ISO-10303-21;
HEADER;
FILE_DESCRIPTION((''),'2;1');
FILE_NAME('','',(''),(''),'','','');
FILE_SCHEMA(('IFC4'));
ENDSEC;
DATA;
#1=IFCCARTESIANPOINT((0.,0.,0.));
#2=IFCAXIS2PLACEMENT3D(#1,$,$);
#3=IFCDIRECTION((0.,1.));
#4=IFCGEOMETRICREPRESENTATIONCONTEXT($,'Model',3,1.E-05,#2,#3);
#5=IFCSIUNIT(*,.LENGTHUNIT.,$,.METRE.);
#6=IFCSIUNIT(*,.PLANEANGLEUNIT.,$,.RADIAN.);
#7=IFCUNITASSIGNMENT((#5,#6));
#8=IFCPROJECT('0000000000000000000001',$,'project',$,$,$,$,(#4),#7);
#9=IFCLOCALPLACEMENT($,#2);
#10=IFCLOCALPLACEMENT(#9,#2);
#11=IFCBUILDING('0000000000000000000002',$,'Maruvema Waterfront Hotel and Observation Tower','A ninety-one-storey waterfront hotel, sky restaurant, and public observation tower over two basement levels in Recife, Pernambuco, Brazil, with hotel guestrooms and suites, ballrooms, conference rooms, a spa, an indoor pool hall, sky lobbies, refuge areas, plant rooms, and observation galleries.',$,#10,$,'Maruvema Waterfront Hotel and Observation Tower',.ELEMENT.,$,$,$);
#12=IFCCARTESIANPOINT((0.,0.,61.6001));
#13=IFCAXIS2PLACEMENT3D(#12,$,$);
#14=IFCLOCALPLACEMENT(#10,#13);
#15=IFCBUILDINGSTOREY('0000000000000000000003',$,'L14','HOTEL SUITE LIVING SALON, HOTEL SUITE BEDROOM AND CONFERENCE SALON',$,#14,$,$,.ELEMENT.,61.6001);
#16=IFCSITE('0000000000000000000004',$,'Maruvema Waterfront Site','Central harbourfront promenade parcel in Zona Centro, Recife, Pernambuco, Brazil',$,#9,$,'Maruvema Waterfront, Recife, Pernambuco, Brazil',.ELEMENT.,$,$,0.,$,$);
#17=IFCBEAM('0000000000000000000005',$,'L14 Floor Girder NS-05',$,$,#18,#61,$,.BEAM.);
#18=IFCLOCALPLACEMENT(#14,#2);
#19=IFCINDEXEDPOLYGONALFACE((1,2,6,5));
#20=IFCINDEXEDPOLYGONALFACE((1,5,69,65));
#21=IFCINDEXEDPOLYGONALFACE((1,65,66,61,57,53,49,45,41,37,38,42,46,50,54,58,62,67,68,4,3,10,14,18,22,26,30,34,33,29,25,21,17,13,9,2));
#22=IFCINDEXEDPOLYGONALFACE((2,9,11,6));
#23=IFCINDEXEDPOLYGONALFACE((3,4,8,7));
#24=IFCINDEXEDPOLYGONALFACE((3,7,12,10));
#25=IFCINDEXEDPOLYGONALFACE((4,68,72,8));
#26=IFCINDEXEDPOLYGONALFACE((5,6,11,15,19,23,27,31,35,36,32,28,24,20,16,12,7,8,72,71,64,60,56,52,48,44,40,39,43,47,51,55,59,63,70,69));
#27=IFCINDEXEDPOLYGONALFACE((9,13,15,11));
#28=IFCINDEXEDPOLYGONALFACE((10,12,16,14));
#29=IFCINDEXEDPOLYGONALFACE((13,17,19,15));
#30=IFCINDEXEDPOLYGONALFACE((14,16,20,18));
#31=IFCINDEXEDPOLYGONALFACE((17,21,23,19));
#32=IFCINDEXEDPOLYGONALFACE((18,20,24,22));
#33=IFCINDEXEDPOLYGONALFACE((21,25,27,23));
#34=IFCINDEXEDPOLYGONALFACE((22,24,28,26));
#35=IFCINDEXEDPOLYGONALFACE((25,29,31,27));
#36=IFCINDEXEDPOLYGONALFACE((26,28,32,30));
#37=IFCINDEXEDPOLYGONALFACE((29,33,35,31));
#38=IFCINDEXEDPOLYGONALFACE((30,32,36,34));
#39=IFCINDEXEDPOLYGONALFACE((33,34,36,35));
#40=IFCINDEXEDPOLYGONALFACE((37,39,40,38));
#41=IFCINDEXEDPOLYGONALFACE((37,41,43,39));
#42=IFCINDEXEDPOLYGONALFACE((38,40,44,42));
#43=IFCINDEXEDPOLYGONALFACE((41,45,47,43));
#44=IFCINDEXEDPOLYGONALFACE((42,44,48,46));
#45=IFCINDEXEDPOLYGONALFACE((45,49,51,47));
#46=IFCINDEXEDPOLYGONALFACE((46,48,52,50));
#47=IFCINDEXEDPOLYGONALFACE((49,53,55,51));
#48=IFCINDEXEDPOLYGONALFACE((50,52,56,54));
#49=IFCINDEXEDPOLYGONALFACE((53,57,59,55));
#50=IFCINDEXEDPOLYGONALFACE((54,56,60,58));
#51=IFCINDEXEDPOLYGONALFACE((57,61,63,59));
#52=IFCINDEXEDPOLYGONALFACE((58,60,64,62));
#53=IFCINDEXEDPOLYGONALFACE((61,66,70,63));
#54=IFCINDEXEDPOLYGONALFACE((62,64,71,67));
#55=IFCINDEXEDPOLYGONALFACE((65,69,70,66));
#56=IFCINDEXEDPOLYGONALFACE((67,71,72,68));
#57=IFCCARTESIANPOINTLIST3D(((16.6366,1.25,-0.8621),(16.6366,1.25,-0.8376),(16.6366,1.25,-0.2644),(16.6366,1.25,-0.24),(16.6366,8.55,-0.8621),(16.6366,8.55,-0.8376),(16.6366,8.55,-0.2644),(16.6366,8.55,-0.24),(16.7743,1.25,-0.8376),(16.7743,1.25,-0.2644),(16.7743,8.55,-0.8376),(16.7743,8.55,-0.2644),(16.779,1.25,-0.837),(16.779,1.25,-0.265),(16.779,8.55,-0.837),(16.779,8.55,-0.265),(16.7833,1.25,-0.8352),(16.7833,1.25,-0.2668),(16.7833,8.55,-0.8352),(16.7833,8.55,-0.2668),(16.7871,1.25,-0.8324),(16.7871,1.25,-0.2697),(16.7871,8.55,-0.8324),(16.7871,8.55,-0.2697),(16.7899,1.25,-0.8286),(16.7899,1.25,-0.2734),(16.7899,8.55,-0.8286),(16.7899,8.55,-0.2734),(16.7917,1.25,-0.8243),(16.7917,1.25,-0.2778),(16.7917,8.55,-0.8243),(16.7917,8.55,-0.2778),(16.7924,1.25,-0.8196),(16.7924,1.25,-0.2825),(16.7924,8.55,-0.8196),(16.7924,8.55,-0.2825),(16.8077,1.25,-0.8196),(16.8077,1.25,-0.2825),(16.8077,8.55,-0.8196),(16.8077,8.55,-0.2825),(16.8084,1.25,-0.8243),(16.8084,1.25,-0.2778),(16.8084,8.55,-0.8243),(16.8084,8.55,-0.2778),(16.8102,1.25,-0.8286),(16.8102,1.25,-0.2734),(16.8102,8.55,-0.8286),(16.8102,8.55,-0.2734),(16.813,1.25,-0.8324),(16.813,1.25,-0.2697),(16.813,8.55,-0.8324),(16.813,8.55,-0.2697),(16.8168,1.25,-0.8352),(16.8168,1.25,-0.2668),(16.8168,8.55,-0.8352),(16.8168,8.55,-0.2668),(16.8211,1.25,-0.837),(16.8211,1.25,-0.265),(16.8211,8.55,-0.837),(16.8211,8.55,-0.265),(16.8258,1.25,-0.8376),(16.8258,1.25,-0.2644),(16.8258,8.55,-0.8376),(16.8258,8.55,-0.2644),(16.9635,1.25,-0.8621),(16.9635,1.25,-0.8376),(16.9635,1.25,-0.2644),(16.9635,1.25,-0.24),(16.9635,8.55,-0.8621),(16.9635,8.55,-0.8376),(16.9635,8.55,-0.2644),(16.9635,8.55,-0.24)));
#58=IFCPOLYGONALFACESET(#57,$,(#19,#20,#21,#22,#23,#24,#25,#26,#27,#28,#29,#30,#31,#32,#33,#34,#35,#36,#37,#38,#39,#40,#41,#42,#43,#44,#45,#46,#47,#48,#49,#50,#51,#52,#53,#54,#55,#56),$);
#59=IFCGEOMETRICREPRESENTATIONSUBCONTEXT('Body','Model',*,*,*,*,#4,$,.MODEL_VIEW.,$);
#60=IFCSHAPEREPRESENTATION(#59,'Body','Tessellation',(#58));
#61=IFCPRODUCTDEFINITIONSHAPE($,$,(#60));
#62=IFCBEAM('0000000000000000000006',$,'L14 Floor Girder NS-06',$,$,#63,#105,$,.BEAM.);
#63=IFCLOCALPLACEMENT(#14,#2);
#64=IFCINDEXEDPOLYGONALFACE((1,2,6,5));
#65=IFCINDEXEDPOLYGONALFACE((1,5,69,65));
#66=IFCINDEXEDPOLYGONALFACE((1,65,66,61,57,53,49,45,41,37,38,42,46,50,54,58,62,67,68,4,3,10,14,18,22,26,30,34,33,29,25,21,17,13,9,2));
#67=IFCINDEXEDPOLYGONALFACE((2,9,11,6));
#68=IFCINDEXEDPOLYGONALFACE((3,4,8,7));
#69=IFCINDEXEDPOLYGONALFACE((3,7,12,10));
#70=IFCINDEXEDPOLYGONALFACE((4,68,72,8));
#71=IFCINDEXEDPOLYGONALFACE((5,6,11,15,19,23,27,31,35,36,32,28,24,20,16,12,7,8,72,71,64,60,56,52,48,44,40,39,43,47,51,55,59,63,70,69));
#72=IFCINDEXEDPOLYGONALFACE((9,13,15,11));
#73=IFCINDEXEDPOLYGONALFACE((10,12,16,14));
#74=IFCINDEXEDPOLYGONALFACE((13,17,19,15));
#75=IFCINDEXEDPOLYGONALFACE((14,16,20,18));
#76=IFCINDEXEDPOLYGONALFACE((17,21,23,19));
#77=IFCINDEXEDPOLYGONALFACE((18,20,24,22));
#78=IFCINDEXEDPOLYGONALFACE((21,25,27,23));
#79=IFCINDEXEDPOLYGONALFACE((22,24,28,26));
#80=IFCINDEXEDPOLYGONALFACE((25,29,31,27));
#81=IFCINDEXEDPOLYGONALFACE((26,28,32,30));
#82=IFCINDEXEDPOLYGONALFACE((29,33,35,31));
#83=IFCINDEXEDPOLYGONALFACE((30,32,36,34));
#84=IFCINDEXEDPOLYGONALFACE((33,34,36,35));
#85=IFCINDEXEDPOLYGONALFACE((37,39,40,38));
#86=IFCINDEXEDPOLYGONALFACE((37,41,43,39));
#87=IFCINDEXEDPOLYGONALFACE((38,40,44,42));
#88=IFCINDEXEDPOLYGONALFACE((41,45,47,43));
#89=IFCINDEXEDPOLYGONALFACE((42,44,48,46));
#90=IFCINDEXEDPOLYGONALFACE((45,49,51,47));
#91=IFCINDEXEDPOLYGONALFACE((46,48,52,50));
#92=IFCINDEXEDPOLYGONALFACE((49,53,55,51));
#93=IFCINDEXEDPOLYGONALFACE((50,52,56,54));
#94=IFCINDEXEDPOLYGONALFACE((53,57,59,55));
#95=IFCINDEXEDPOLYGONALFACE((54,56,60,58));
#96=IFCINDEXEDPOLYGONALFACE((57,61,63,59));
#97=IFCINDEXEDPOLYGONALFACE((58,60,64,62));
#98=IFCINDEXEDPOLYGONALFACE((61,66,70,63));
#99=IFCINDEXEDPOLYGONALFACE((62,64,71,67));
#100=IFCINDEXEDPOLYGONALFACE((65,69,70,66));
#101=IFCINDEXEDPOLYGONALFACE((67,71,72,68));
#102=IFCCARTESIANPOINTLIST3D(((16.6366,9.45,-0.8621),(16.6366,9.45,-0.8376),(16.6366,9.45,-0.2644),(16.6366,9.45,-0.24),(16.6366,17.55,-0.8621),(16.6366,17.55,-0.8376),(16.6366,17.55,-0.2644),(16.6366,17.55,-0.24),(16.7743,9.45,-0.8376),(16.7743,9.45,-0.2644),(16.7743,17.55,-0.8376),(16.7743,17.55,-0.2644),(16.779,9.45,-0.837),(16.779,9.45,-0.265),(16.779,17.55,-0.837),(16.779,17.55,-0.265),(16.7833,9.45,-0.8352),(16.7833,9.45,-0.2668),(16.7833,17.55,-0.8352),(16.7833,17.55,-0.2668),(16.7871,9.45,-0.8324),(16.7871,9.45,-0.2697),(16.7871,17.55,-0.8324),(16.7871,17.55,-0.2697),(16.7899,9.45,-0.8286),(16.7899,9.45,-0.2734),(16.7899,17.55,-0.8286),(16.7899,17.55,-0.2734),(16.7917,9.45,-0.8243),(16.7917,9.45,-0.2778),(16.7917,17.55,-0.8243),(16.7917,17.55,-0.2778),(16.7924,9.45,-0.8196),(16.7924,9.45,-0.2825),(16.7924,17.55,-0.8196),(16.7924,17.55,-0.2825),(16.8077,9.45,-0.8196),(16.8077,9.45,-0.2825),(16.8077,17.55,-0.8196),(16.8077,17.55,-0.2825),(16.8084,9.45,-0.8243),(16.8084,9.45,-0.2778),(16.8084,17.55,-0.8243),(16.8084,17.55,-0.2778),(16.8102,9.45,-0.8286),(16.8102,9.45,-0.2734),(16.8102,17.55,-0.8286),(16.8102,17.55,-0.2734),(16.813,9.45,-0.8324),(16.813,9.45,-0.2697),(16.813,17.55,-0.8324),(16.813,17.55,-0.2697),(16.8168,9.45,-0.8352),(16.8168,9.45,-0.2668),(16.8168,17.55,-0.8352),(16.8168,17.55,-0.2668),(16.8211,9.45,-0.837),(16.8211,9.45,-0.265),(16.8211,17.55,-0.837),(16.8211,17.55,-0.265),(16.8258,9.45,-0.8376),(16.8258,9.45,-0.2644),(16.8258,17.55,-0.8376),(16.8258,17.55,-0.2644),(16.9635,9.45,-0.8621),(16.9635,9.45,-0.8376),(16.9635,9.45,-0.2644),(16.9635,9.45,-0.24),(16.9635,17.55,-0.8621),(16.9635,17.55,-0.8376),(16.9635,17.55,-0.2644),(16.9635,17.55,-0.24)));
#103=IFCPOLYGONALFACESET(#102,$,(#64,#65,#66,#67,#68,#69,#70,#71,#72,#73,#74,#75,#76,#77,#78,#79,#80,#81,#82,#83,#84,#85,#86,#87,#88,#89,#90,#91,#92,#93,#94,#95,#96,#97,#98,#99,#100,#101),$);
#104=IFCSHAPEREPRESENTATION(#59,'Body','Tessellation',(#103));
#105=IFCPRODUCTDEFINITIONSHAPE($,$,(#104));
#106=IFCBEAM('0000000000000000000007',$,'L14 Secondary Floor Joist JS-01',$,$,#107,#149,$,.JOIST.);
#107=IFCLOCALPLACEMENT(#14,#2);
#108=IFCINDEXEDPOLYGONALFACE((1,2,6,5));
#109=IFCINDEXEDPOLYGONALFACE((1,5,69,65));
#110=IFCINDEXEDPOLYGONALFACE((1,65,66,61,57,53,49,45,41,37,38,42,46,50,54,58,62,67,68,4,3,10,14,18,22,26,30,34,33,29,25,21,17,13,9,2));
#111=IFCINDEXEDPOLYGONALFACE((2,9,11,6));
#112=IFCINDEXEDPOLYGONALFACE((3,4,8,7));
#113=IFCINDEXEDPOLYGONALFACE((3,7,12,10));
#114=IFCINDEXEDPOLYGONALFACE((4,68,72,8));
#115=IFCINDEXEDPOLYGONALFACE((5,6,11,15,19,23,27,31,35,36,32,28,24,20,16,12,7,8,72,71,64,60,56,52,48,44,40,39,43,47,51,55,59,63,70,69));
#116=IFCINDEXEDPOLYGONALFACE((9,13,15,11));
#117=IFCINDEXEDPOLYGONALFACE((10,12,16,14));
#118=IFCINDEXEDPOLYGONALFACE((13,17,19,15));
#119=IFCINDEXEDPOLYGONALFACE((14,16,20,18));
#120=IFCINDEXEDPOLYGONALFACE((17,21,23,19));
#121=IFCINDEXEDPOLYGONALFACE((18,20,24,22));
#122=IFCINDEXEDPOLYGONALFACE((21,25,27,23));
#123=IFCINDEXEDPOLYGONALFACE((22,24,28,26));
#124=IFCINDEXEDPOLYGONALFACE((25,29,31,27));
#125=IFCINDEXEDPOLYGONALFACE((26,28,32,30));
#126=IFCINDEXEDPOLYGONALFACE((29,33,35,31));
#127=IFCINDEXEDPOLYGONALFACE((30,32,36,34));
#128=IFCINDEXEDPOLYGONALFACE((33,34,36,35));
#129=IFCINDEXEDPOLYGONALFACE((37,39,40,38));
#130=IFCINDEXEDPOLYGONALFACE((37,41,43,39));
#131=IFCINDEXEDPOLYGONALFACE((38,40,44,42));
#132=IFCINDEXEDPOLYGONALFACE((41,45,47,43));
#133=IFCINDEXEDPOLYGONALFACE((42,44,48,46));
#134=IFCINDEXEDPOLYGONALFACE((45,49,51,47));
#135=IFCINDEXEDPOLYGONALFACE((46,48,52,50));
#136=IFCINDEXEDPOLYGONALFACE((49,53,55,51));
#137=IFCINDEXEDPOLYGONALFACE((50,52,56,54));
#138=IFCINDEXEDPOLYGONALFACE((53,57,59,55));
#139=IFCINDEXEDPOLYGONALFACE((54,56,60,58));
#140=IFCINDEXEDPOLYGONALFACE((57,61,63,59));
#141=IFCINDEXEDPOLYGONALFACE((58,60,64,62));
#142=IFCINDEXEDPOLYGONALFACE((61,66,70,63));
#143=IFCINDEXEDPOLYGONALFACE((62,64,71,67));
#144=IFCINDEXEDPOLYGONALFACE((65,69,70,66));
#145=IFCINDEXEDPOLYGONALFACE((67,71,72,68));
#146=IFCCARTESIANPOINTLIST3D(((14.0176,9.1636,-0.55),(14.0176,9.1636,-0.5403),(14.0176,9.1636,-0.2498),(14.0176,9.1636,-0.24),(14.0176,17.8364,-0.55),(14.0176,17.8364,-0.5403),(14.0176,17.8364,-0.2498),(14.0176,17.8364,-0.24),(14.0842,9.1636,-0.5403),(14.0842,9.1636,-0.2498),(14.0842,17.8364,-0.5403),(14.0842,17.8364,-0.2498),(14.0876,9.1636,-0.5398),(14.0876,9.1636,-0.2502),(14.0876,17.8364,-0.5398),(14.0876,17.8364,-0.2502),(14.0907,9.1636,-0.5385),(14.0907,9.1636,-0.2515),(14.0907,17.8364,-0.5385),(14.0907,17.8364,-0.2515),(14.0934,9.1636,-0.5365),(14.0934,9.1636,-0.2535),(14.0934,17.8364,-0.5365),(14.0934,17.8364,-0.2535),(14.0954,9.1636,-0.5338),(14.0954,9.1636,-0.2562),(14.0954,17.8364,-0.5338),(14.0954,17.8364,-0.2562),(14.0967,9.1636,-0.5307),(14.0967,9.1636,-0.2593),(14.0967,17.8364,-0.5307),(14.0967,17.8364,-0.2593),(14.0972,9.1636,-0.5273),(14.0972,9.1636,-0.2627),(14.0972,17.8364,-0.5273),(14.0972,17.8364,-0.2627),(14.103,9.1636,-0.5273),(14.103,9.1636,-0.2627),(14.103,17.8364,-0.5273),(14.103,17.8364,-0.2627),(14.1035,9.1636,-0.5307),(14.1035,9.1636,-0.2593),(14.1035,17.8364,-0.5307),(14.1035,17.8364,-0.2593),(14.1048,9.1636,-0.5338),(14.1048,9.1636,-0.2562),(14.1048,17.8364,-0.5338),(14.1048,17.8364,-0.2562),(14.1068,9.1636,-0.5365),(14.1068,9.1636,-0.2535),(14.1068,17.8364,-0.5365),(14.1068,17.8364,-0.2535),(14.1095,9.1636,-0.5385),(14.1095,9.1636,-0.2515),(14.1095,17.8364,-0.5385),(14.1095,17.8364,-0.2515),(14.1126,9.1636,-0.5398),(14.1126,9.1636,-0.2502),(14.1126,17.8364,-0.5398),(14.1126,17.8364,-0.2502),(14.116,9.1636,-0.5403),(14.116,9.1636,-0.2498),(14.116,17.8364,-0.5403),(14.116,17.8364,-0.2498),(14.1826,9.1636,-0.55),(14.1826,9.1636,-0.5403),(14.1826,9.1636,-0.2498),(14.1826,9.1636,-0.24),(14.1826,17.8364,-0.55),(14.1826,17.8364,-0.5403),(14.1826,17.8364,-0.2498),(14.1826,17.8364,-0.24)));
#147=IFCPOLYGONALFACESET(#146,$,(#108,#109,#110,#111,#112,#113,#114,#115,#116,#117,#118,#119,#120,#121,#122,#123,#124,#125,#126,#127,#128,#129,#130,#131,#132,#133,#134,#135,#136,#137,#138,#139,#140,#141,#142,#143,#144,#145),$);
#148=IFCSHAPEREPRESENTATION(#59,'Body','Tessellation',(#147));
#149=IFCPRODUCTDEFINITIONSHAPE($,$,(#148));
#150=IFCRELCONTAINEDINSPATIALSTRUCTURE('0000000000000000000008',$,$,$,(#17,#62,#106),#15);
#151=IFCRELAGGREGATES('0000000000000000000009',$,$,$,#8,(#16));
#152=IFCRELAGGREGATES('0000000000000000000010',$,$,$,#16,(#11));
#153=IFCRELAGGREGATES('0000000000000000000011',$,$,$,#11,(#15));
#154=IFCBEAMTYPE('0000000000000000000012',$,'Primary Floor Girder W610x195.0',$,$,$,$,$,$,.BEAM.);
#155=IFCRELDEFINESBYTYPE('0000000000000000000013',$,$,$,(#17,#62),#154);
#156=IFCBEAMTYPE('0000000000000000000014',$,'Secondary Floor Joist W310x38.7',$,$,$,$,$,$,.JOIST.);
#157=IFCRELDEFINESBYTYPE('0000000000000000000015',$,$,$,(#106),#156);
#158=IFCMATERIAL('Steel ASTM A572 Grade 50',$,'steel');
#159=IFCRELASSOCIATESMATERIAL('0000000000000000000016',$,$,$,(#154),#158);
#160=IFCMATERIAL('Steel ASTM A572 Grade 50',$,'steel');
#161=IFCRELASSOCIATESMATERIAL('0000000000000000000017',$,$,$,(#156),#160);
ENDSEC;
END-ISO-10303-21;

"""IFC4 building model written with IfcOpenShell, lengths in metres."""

from ifc_helpers import new_model, si_unit, direction, frame, origin, origin_2d, place, context, subcontext, project, spatial, i_section, extrude, material, material_profile, profile_set, type_object, element, save


model = new_model("IFC4")

# Units and contexts
model_context = context("Model", 3, precision=1e-05, world=origin(), true_north=direction((0.0, 1.0)))
body_context = subcontext(model_context, "Body", "Model", "MODEL_VIEW")
ifc_project = project(units=[si_unit("LENGTHUNIT", "METRE"), si_unit("PLANEANGLEUNIT", "RADIAN")], contexts=[model_context])

# Site, building, storey
site_placement = place(None, origin())
site = spatial("IfcSite", under=ifc_project, at=site_placement, Name="Maruvema Waterfront Site", Description="Central harbourfront promenade parcel in Zona Centro, Recife, Pernambuco, Brazil", LongName="Maruvema Waterfront, Recife, Pernambuco, Brazil", CompositionType="ELEMENT", RefElevation=0.0)
building_placement = place(site_placement, origin())
building = spatial("IfcBuilding", under=site, at=building_placement, Name="Maruvema Waterfront Hotel and Observation Tower", Description="A ninety-one-storey waterfront hotel, sky restaurant, and public observation tower over two basement levels in Recife, Pernambuco, Brazil, with hotel guestrooms and suites, ballrooms, conference rooms, a spa, an indoor pool hall, sky lobbies, refuge areas, plant rooms, and observation galleries.", LongName="Maruvema Waterfront Hotel and Observation Tower", CompositionType="ELEMENT")
storey_placement = place(building_placement, frame((0.0, 0.0, 61.6001)))
storey = spatial("IfcBuildingStorey", under=building, at=storey_placement, Name="L14", Description="HOTEL SUITE LIVING SALON, HOTEL SUITE BEDROOM AND CONFERENCE SALON", CompositionType="ELEMENT", Elevation=61.6001)

# Beams
ifc_material_1 = material(Name="Steel ASTM A572 Grade 50", Category="steel")
ifc_material_profile_1 = material_profile(ifc_material_1, i_section(OverallWidth=0.3269, OverallDepth=0.6221, WebThickness=0.0154, FlangeThickness=0.0244, FilletRadius=0.0181, at=origin_2d()), Name="W610x195.0")
ifc_profile_set_1 = profile_set([ifc_material_profile_1], Name="Steel ASTM A572 Grade 50")
beam_type_1 = type_object("IfcBeamType", Name="Primary Floor Girder W610x195.0", PredefinedType="BEAM", material=ifc_profile_set_1)
beam_1_placement = place(storey_placement, frame((16.8, 1.25, -0.551), z_axis=(0.0, 1.0, 0.0), x_axis=(-1.0, 0.0, 0.0)))
element("IfcBeam", 1, at=beam_1_placement, inside=storey, type_object=beam_type_1, Name="L14 Floor Girder NS-05", PredefinedType="BEAM", context=body_context, shape_type="SweptSolid", body=[
    extrude(i_section(OverallWidth=0.3269, OverallDepth=0.6221, WebThickness=0.0154, FlangeThickness=0.0244, FilletRadius=0.0181, at=origin_2d()), origin(), (0.0, 0.0, 1.0), 7.3),
])
beam_2_placement = place(storey_placement, frame((16.8, 9.45, -0.551), z_axis=(0.0, 1.0, 0.0), x_axis=(-1.0, 0.0, 0.0)))
element("IfcBeam", 2, at=beam_2_placement, inside=storey, type_object=beam_type_1, Name="L14 Floor Girder NS-06", PredefinedType="BEAM", context=body_context, shape_type="SweptSolid", body=[
    extrude(i_section(OverallWidth=0.3269, OverallDepth=0.6221, WebThickness=0.0154, FlangeThickness=0.0244, FilletRadius=0.0181, at=origin_2d()), origin(), (0.0, 0.0, 1.0), 8.1001),
])
ifc_material_2 = material(Name="Steel ASTM A572 Grade 50", Category="steel")
ifc_material_profile_2 = material_profile(ifc_material_2, i_section(OverallWidth=0.165, OverallDepth=0.3101, WebThickness=0.0059, FlangeThickness=0.0098, FilletRadius=0.0129, at=origin_2d()), Name="W310x38.7")
ifc_profile_set_2 = profile_set([ifc_material_profile_2], Name="Steel ASTM A572 Grade 50")
beam_type_2 = type_object("IfcBeamType", Name="Secondary Floor Joist W310x38.7", PredefinedType="JOIST", material=ifc_profile_set_2)
beam_3_placement = place(storey_placement, frame((14.1001, 9.1636, -0.395), z_axis=(0.0, 1.0, 0.0), x_axis=(-1.0, 0.0, 0.0)))
element("IfcBeam", 3, at=beam_3_placement, inside=storey, type_object=beam_type_2, Name="L14 Secondary Floor Joist JS-01", PredefinedType="JOIST", context=body_context, shape_type="SweptSolid", body=[
    extrude(i_section(OverallWidth=0.165, OverallDepth=0.3101, WebThickness=0.0059, FlangeThickness=0.0098, FilletRadius=0.0129, at=origin_2d()), origin(), (0.0, 0.0, 1.0), 8.6729),
])

save(model, "model.ifc")
